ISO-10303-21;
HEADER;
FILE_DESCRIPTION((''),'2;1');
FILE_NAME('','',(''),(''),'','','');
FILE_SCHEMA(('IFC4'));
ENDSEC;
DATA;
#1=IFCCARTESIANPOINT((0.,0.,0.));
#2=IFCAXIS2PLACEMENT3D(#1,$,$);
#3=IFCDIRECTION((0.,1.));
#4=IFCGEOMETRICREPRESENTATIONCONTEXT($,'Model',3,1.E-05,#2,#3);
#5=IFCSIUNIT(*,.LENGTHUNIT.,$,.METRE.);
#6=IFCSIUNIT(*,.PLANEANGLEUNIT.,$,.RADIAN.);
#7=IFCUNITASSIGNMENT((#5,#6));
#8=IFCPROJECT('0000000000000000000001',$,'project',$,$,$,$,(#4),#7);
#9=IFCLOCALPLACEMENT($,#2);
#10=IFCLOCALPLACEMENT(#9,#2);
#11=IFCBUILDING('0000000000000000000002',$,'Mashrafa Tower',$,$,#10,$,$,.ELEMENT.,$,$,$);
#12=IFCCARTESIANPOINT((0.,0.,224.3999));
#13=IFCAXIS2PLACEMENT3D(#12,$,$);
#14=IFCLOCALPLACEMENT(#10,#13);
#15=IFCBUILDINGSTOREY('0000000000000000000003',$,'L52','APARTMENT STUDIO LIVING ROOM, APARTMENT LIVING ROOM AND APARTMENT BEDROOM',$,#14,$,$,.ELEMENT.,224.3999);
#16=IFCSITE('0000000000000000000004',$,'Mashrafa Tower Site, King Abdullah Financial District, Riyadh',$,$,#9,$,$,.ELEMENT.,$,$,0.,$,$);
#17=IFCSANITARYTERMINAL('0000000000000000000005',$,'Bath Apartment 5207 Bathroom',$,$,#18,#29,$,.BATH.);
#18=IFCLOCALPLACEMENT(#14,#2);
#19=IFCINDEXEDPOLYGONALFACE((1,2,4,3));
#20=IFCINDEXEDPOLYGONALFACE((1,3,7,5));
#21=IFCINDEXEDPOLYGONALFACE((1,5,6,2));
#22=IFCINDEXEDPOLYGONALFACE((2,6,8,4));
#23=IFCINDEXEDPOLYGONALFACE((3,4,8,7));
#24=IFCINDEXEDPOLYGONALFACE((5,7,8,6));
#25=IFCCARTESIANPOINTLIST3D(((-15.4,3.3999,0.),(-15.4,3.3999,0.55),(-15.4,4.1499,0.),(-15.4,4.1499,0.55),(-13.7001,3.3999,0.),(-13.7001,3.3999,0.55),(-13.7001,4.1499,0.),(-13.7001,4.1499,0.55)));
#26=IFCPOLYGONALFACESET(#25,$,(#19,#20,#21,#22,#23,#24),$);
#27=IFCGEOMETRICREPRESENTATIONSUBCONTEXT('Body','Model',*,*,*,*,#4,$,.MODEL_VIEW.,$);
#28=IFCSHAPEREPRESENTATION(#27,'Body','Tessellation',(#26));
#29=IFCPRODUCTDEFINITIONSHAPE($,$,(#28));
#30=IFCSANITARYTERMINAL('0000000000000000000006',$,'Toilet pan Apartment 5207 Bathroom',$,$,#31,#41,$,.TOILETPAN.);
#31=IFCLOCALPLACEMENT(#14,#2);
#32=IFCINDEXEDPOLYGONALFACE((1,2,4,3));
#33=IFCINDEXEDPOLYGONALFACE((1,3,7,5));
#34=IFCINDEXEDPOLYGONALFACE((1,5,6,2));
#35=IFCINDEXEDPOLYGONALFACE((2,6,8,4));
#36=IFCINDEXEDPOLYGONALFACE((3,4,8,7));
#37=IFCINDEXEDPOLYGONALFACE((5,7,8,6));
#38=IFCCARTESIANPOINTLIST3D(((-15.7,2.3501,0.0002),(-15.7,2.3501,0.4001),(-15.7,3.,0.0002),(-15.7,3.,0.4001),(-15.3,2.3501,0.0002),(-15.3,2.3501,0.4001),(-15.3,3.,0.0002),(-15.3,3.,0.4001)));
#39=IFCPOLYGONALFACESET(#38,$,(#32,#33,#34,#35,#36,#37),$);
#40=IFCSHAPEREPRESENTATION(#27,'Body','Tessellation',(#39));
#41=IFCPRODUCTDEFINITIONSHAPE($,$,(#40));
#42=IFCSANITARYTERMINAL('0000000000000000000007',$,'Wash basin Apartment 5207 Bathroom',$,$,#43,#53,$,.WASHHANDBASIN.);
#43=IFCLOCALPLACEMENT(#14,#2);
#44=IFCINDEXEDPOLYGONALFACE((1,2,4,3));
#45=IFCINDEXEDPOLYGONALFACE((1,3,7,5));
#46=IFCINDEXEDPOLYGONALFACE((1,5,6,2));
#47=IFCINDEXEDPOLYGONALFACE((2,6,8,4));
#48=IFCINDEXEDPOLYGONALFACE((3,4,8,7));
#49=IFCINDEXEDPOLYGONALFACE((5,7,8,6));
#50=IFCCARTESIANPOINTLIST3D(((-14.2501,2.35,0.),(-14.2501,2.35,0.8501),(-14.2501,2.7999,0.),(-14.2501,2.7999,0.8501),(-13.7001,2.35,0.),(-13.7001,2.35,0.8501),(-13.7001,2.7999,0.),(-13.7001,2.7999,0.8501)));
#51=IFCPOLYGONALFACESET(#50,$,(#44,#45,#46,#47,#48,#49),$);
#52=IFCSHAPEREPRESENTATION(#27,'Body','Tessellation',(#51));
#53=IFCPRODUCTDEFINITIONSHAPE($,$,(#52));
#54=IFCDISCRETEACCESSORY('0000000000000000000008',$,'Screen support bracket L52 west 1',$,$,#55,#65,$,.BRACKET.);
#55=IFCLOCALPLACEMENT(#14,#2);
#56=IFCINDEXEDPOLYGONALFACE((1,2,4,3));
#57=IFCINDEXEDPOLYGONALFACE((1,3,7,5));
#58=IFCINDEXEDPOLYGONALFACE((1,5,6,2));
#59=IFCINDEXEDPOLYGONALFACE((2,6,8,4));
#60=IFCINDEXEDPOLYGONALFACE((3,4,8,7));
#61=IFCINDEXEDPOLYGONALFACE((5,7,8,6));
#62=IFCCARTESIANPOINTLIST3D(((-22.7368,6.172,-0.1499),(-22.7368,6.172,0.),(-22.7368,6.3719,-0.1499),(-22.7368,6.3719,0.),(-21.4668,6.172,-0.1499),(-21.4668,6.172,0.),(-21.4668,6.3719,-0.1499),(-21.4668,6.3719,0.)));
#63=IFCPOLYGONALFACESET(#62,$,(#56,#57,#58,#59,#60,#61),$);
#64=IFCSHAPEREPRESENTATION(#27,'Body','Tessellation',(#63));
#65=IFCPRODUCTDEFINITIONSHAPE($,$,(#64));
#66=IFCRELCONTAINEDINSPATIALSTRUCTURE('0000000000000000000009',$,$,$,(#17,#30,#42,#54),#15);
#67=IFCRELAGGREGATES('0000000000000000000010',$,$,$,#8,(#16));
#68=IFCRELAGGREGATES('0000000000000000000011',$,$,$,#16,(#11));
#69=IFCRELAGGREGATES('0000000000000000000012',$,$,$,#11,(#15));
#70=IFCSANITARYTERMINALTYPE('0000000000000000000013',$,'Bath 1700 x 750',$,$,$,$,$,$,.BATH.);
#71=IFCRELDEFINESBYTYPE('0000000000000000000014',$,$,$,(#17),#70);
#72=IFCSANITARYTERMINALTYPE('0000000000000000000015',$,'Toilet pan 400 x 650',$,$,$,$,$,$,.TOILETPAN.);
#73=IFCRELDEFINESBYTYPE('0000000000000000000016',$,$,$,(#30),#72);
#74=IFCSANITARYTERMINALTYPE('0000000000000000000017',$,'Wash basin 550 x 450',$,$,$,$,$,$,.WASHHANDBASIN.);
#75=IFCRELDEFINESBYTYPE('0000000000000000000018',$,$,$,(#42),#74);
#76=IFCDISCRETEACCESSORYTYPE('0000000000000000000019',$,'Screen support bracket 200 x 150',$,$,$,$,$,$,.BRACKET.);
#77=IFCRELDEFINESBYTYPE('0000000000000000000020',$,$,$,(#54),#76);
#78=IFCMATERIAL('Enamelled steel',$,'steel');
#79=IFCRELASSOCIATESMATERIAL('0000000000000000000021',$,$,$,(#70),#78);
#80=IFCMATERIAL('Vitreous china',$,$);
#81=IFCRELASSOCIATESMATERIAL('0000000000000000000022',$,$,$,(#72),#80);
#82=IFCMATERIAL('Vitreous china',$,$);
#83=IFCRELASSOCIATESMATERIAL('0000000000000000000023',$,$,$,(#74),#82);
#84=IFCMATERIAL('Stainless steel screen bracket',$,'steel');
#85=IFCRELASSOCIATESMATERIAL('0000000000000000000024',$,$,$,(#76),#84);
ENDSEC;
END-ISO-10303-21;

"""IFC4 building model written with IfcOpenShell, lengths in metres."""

from ifc_helpers import new_model, si_unit, direction, frame, origin, origin_2d, place, context, subcontext, project, spatial, rectangle, extrude, source, transform, mapped, material, type_object, type_shapes, element, save


model = new_model("IFC4")

# Units and contexts
model_context = context("Model", 3, precision=1e-05, world=origin(), true_north=direction((0.0, 1.0)))
body_context = subcontext(model_context, "Body", "Model", "MODEL_VIEW")
ifc_project = project(units=[si_unit("LENGTHUNIT", "METRE"), si_unit("PLANEANGLEUNIT", "RADIAN")], contexts=[model_context])

# Site, building, storey
site_placement = place(None, origin())
site = spatial("IfcSite", under=ifc_project, at=site_placement, Name="Mashrafa Tower Site, King Abdullah Financial District, Riyadh", CompositionType="ELEMENT", RefElevation=0.0)
building_placement = place(site_placement, origin())
building = spatial("IfcBuilding", under=site, at=building_placement, Name="Mashrafa Tower", CompositionType="ELEMENT")
storey_placement = place(building_placement, frame((0.0, 0.0, 224.3999)))
storey = spatial("IfcBuildingStorey", under=building, at=storey_placement, Name="L52", Description="APARTMENT STUDIO LIVING ROOM, APARTMENT LIVING ROOM AND APARTMENT BEDROOM", CompositionType="ELEMENT", Elevation=224.3999)

# Sanitary terminals
ifc_material_1 = material(Name="Enamelled steel", Category="steel")
sanitary_terminal_type_1 = type_object("IfcSanitaryTerminalType", Name="Bath 1700 x 750", PredefinedType="BATH", material=ifc_material_1)
sanitary_terminal_1_placement = place(storey_placement, frame((-14.55, 3.7749, 0.0), z_axis=(0.0, 0.0, 1.0), x_axis=(-1.0, 0.0, 0.0)))
element("IfcSanitaryTerminal", 1, at=sanitary_terminal_1_placement, inside=storey, type_object=sanitary_terminal_type_1, Name="Bath Apartment 5207 Bathroom", PredefinedType="BATH", context=body_context, shape_type="SweptSolid", body=[
    extrude(rectangle(XDim=1.7, YDim=0.75, at=origin_2d()), origin(), (0.0, 0.0, 1.0), 0.55),
])
ifc_material_2 = material(Name="Vitreous china")
sanitary_terminal_type_2 = type_object("IfcSanitaryTerminalType", Name="Toilet pan 400 x 650", PredefinedType="TOILETPAN", material=ifc_material_2)
sanitary_terminal_2_placement = place(storey_placement, frame((-15.5, 2.675, 0.0002), z_axis=(0.0, 0.0, 1.0), x_axis=(1.0, 0.0, 0.0)))
element("IfcSanitaryTerminal", 2, at=sanitary_terminal_2_placement, inside=storey, type_object=sanitary_terminal_type_2, Name="Toilet pan Apartment 5207 Bathroom", PredefinedType="TOILETPAN", context=body_context, shape_type="SweptSolid", body=[
    extrude(rectangle(XDim=0.3999, YDim=0.6499, at=origin_2d()), origin(), (0.0, 0.0, 1.0), 0.3999),
])
ifc_material_3 = material(Name="Vitreous china")
sanitary_terminal_type_3 = type_object("IfcSanitaryTerminalType", Name="Wash basin 550 x 450", PredefinedType="WASHHANDBASIN", material=ifc_material_3)
sanitary_terminal_3_placement = place(storey_placement, frame((-13.9751, 2.575, 0.0), z_axis=(0.0, 0.0, 1.0), x_axis=(1.0, 0.0, 0.0)))
element("IfcSanitaryTerminal", 3, at=sanitary_terminal_3_placement, inside=storey, type_object=sanitary_terminal_type_3, Name="Wash basin Apartment 5207 Bathroom", PredefinedType="WASHHANDBASIN", context=body_context, shape_type="SweptSolid", body=[
    extrude(rectangle(XDim=0.55, YDim=0.45, at=origin_2d()), origin(), (0.0, 0.0, 1.0), 0.8501),
])

# Discrete accessory
ifc_material_4 = material(Name="Stainless steel screen bracket", Category="steel")
discrete_accessory_type = type_object("IfcDiscreteAccessoryType", Name="Screen support bracket 200 x 150", PredefinedType="BRACKET", material=ifc_material_4)
shared_shape_1 = source(origin(), body_context, "Body", "SweptSolid", [
    extrude(rectangle(XDim=0.2, YDim=1.27, at=origin_2d()), origin(), (0.0, 0.0, 1.0), 0.1499),
])
type_shapes(discrete_accessory_type, [shared_shape_1])
discrete_accessory_placement = place(storey_placement, frame((-22.1018, 6.272, -0.1499), z_axis=(0.0, 0.0, 1.0), x_axis=(0.0, -1.0, 0.0)))
element("IfcDiscreteAccessory", 4, at=discrete_accessory_placement, inside=storey, type_object=discrete_accessory_type, Name="Screen support bracket L52 west 1", PredefinedType="BRACKET", context=body_context, shape_type="MappedRepresentation", body=[
    mapped(shared_shape_1, transform((0.0, 0.0, 0.0))),
])

save(model, "model.ifc")
